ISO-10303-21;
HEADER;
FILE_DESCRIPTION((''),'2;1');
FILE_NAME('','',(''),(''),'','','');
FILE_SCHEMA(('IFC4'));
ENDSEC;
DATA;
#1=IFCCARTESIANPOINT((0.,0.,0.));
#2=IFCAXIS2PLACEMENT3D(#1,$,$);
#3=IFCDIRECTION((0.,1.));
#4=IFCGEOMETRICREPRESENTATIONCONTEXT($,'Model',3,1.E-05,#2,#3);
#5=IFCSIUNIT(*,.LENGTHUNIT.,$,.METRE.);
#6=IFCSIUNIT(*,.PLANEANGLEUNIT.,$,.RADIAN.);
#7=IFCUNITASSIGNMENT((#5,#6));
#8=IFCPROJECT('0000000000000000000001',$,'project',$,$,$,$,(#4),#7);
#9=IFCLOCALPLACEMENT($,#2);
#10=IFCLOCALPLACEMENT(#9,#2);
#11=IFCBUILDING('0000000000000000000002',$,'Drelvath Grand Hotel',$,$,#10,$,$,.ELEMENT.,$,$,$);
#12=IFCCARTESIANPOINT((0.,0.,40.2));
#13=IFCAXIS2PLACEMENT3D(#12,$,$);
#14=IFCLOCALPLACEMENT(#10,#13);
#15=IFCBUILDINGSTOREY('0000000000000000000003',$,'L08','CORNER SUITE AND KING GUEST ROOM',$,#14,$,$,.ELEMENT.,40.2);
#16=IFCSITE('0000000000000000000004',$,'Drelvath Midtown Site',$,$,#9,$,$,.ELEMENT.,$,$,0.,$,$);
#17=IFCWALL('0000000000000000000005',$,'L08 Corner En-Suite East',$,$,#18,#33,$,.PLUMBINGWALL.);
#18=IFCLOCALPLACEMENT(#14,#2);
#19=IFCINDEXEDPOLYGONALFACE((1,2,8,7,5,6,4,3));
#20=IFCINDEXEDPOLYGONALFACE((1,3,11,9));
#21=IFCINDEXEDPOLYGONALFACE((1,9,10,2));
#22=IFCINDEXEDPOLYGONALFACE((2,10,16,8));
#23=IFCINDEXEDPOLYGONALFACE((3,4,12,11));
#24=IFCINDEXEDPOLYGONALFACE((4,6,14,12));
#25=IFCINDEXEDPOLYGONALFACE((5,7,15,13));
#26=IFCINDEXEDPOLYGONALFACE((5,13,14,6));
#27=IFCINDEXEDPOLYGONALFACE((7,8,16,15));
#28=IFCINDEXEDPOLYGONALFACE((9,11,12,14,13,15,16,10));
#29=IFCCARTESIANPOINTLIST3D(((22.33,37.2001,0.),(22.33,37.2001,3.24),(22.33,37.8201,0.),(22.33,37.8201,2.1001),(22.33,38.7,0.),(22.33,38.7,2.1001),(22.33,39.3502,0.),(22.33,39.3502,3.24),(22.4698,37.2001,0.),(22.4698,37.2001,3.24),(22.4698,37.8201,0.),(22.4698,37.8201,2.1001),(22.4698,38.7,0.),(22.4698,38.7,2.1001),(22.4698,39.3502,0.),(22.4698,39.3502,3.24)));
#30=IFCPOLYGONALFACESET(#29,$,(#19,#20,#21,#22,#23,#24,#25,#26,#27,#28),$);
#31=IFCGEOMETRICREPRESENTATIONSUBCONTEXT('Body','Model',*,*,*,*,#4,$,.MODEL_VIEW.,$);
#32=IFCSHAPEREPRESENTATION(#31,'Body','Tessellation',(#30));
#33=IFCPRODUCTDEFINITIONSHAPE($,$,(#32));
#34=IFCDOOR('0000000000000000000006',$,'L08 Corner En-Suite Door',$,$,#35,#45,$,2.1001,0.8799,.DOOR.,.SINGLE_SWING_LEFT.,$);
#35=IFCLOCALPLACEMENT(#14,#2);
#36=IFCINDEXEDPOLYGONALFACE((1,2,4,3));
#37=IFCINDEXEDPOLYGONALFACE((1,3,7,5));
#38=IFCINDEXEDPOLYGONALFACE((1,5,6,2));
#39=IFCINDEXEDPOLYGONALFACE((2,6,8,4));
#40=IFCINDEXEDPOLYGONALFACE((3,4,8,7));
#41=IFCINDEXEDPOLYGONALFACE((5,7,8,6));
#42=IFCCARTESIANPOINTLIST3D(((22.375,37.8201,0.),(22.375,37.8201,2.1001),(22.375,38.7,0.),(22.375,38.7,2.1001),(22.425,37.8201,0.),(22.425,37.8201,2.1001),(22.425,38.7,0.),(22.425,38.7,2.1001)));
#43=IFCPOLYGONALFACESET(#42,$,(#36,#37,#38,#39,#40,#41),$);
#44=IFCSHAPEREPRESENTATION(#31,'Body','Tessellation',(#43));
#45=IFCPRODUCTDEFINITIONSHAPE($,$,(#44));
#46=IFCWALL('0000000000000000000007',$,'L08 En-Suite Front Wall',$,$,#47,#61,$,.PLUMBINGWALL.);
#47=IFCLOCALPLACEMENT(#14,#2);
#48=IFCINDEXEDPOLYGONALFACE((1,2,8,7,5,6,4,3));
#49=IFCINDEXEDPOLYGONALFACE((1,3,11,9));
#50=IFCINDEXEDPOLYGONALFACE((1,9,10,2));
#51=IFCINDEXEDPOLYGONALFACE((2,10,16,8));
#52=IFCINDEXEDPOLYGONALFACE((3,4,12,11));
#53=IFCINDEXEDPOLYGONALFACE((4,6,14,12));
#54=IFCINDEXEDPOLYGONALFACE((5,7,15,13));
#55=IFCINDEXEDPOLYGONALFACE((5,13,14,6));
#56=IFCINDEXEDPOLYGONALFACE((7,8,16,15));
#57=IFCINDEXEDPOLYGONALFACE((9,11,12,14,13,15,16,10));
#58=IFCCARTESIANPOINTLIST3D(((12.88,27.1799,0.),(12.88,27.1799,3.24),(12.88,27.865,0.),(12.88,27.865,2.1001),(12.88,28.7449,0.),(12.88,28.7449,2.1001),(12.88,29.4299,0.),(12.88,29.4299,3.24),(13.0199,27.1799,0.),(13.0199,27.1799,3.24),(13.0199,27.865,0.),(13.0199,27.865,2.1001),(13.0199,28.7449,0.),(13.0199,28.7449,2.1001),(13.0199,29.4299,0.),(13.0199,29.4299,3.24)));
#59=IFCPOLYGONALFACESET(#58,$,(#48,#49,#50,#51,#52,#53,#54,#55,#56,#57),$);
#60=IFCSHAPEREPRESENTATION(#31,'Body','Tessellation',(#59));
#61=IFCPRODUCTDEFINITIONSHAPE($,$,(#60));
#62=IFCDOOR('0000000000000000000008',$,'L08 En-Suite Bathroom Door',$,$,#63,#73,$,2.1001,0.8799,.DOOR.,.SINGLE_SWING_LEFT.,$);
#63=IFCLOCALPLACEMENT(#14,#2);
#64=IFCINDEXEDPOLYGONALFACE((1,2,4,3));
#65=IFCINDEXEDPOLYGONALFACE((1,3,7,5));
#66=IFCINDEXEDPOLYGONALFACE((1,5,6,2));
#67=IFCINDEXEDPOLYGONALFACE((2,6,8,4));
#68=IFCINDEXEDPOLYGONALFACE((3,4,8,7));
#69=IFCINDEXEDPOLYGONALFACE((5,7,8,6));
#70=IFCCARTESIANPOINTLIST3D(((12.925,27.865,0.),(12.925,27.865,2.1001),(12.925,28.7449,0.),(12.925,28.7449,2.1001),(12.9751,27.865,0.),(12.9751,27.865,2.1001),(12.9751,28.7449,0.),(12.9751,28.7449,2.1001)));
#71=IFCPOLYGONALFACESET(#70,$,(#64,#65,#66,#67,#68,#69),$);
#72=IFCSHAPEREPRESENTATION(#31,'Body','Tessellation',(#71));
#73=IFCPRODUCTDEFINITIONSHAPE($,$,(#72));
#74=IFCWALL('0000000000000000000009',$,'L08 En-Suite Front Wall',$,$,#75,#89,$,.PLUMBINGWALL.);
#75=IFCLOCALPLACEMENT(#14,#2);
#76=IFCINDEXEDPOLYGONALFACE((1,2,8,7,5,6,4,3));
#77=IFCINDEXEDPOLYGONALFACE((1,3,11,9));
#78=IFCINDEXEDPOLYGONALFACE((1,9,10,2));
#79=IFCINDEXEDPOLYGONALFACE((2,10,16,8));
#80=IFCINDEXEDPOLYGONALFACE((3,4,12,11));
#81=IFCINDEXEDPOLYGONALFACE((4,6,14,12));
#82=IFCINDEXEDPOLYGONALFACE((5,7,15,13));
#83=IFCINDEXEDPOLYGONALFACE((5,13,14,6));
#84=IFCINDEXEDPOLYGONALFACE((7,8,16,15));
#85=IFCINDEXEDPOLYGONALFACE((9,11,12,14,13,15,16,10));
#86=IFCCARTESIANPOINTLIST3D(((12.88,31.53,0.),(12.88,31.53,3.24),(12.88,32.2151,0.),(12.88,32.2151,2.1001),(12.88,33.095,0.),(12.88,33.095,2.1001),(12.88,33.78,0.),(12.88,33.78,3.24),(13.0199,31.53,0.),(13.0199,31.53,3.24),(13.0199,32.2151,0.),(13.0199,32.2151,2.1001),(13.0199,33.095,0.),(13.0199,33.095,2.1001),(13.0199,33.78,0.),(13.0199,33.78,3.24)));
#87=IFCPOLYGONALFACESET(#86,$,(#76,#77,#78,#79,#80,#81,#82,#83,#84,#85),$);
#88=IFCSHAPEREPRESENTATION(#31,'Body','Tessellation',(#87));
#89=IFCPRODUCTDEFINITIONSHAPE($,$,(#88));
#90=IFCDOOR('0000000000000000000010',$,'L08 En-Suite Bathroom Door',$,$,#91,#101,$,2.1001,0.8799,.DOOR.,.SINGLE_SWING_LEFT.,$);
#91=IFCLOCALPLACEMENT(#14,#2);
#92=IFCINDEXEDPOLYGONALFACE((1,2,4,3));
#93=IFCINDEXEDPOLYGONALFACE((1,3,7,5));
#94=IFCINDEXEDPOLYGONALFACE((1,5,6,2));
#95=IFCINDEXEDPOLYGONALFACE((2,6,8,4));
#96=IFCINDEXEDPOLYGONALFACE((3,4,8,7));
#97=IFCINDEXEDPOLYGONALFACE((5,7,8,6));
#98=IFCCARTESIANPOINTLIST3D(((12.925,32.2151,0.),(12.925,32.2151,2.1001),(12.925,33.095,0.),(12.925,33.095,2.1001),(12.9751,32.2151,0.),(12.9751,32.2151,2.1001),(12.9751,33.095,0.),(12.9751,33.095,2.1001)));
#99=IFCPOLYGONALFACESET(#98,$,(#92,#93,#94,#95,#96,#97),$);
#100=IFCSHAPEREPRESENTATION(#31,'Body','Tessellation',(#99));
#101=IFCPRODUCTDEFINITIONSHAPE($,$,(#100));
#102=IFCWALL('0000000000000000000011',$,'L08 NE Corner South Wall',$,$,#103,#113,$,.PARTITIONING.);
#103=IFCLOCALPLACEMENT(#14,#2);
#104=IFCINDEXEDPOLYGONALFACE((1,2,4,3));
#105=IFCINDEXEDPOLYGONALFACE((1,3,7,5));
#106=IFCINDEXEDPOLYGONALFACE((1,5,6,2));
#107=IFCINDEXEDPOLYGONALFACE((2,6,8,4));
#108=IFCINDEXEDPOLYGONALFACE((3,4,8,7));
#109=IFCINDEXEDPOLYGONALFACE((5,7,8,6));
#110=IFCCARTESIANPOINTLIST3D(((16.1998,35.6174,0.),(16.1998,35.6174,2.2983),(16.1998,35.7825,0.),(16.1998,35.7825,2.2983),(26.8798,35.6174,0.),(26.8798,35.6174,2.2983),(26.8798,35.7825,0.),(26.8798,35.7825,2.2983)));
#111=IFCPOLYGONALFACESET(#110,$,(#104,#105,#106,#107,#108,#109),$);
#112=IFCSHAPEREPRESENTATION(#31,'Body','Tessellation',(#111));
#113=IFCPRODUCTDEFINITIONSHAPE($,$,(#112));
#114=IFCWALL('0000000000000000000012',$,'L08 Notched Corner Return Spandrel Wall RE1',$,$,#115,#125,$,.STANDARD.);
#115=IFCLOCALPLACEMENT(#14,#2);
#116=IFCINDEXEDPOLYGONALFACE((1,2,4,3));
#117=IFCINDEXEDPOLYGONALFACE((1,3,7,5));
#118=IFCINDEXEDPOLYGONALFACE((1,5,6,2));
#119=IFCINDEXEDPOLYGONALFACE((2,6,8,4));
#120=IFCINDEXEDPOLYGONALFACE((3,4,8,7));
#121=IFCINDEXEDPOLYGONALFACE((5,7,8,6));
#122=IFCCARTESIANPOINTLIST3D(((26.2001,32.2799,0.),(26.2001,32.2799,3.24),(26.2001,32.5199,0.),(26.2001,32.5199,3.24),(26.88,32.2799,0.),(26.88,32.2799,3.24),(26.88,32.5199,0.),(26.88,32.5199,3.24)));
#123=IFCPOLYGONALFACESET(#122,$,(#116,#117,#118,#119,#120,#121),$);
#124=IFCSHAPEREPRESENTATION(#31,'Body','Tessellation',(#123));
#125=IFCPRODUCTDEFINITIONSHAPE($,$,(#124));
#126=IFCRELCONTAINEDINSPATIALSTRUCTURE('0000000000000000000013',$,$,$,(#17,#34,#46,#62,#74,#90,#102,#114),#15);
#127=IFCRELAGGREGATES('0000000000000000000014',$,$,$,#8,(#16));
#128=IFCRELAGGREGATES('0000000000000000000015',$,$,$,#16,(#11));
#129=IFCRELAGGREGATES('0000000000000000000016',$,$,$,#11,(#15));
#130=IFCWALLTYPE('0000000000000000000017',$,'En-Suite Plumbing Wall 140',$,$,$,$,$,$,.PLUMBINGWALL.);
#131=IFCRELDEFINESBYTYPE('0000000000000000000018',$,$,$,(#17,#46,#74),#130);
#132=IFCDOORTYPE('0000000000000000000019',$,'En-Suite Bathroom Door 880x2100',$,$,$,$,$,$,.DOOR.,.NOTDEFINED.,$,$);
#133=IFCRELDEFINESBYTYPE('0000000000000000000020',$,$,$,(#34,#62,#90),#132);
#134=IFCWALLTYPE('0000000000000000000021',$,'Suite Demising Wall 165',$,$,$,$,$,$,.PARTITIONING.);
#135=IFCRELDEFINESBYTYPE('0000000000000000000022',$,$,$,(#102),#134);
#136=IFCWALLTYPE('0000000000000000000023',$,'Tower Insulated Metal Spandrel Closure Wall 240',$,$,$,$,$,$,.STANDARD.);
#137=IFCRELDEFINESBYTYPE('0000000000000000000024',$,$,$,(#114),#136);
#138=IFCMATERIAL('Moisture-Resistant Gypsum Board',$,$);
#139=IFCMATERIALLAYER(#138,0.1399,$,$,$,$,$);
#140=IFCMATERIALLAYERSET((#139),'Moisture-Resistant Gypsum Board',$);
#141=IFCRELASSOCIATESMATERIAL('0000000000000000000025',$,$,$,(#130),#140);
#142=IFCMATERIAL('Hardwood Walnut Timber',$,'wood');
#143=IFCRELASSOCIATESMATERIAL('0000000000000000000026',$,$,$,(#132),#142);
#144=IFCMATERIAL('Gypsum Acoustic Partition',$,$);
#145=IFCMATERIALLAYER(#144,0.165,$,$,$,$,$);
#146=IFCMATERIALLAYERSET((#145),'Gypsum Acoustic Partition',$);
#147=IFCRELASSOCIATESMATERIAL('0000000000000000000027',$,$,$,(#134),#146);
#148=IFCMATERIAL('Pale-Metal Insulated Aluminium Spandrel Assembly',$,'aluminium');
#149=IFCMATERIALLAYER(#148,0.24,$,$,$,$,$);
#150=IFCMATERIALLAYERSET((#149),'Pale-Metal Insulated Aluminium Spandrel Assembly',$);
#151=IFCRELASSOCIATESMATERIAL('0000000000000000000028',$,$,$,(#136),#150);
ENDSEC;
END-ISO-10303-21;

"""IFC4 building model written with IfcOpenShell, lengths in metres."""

from ifc_helpers import new_model, si_unit, direction, frame, frame_2d, origin, place, context, subcontext, project, spatial, rectangle, extrude, material, layer, layer_set, type_object, element, fill, save


model = new_model("IFC4")

# Units and contexts
model_context = context("Model", 3, precision=1e-05, world=origin(), true_north=direction((0.0, 1.0)))
body_context = subcontext(model_context, "Body", "Model", "MODEL_VIEW")
ifc_project = project(units=[si_unit("LENGTHUNIT", "METRE"), si_unit("PLANEANGLEUNIT", "RADIAN")], contexts=[model_context])

# Site, building, storey
site_placement = place(None, origin())
site = spatial("IfcSite", under=ifc_project, at=site_placement, Name="Drelvath Midtown Site", CompositionType="ELEMENT", RefElevation=0.0)
building_placement = place(site_placement, origin())
building = spatial("IfcBuilding", under=site, at=building_placement, Name="Drelvath Grand Hotel", CompositionType="ELEMENT")
storey_placement = place(building_placement, frame((0.0, 0.0, 40.2)))
storey = spatial("IfcBuildingStorey", under=building, at=storey_placement, Name="L08", Description="CORNER SUITE AND KING GUEST ROOM", CompositionType="ELEMENT", Elevation=40.2)

# Shared definitions
ifc_material_1 = material(Name="Hardwood Walnut Timber", Category="wood")

# Shared definitions
ifc_material_2 = material(Name="Moisture-Resistant Gypsum Board")
ifc_layer_1 = layer(ifc_material_2, 0.1399)
ifc_layer_set_1 = layer_set([ifc_layer_1], Name="Moisture-Resistant Gypsum Board")
wall_type_1 = type_object("IfcWallType", Name="En-Suite Plumbing Wall 140", PredefinedType="PLUMBINGWALL", material=ifc_layer_set_1)

# Walls, openings, doors
wall_1_placement = place(storey_placement, frame((22.3999, 37.2, 0.0), z_axis=(0.0, 0.0, 1.0), x_axis=(0.0, 1.0, 0.0)))
wall_1 = element("IfcWall", 1, at=wall_1_placement, inside=storey, type_object=wall_type_1, Name="L08 Corner En-Suite East", PredefinedType="PLUMBINGWALL", context=body_context, shape_type="SweptSolid", body=[
    extrude(rectangle(XDim=2.1501, YDim=0.1399, at=frame_2d((1.0752, 0.0))), origin(), (0.0, 0.0, 1.0), 3.24),
])
opening_1_placement = place(wall_1_placement, frame((0.6201, 0.0, 0.0)))
opening_1 = element("IfcOpeningElement", 2, at=opening_1_placement, cuts=wall_1, PredefinedType="OPENING", context=body_context, shape_type="SweptSolid", body=[
    extrude(rectangle(XDim=0.8799, YDim=2.1001, at=frame_2d((0.4399, 1.05))), frame((0.0, 0.0798, 0.0), z_axis=(0.0, -1.0, 0.0), x_axis=(1.0, 0.0, 0.0)), (0.0, 0.0, 1.0), 0.1599),
])
door_type_1 = type_object("IfcDoorType", Name="En-Suite Bathroom Door 880x2100", OperationType="NOTDEFINED", PredefinedType="DOOR", material=ifc_material_1)
door_1_placement = place(opening_1_placement, origin())
door_1 = element("IfcDoor", 3, at=door_1_placement, inside=storey, type_object=door_type_1, Name="L08 Corner En-Suite Door", OperationType="SINGLE_SWING_LEFT", OverallHeight=2.1001, OverallWidth=0.8799, PredefinedType="DOOR", context=body_context, shape_type="SweptSolid", body=[
    extrude(rectangle(XDim=0.8799, YDim=2.1001, at=frame_2d((0.4399, 1.05))), frame((0.0, 0.0249, 0.0), z_axis=(0.0, -1.0, 0.0), x_axis=(1.0, 0.0, 0.0)), (0.0, 0.0, 1.0), 0.05),
])
fill(opening_1, door_1)
wall_2_placement = place(storey_placement, frame((12.95, 27.1799, 0.0), z_axis=(0.0, 0.0, 1.0), x_axis=(0.0, 1.0, 0.0)))
wall_2 = element("IfcWall", 4, at=wall_2_placement, inside=storey, type_object=wall_type_1, Name="L08 En-Suite Front Wall", PredefinedType="PLUMBINGWALL", context=body_context, shape_type="SweptSolid", body=[
    extrude(rectangle(XDim=2.25, YDim=0.1399, at=frame_2d((1.125, 0.0))), origin(), (0.0, 0.0, 1.0), 3.24),
])
opening_2_placement = place(wall_2_placement, frame((0.6851, 0.0, 0.0)))
opening_2 = element("IfcOpeningElement", 5, at=opening_2_placement, cuts=wall_2, PredefinedType="OPENING", context=body_context, shape_type="SweptSolid", body=[
    extrude(rectangle(XDim=0.8799, YDim=2.1001, at=frame_2d((0.4399, 1.05))), frame((0.0, 0.0798, 0.0), z_axis=(0.0, -1.0, 0.0), x_axis=(1.0, 0.0, 0.0)), (0.0, 0.0, 1.0), 0.1599),
])
door_2_placement = place(opening_2_placement, origin())
door_2 = element("IfcDoor", 6, at=door_2_placement, inside=storey, type_object=door_type_1, Name="L08 En-Suite Bathroom Door", OperationType="SINGLE_SWING_LEFT", OverallHeight=2.1001, OverallWidth=0.8799, PredefinedType="DOOR", context=body_context, shape_type="SweptSolid", body=[
    extrude(rectangle(XDim=0.8799, YDim=2.1001, at=frame_2d((0.4399, 1.05))), frame((0.0, 0.0249, 0.0), z_axis=(0.0, -1.0, 0.0), x_axis=(1.0, 0.0, 0.0)), (0.0, 0.0, 1.0), 0.05),
])
fill(opening_2, door_2)
wall_3_placement = place(storey_placement, frame((12.95, 31.53, 0.0), z_axis=(0.0, 0.0, 1.0), x_axis=(0.0, 1.0, 0.0)))
wall_3 = element("IfcWall", 7, at=wall_3_placement, inside=storey, type_object=wall_type_1, Name="L08 En-Suite Front Wall", PredefinedType="PLUMBINGWALL", context=body_context, shape_type="SweptSolid", body=[
    extrude(rectangle(XDim=2.25, YDim=0.1399, at=frame_2d((1.125, 0.0))), origin(), (0.0, 0.0, 1.0), 3.24),
])
opening_3_placement = place(wall_3_placement, frame((0.6851, 0.0, 0.0)))
opening_3 = element("IfcOpeningElement", 8, at=opening_3_placement, cuts=wall_3, PredefinedType="OPENING", context=body_context, shape_type="SweptSolid", body=[
    extrude(rectangle(XDim=0.8799, YDim=2.1001, at=frame_2d((0.4399, 1.05))), frame((0.0, 0.0798, 0.0), z_axis=(0.0, -1.0, 0.0), x_axis=(1.0, 0.0, 0.0)), (0.0, 0.0, 1.0), 0.1599),
])
door_3_placement = place(opening_3_placement, origin())
door_3 = element("IfcDoor", 9, at=door_3_placement, inside=storey, type_object=door_type_1, Name="L08 En-Suite Bathroom Door", OperationType="SINGLE_SWING_LEFT", OverallHeight=2.1001, OverallWidth=0.8799, PredefinedType="DOOR", context=body_context, shape_type="SweptSolid", body=[
    extrude(rectangle(XDim=0.8799, YDim=2.1001, at=frame_2d((0.4399, 1.05))), frame((0.0, 0.0249, 0.0), z_axis=(0.0, -1.0, 0.0), x_axis=(1.0, 0.0, 0.0)), (0.0, 0.0, 1.0), 0.05),
])
fill(opening_3, door_3)

# Walls
ifc_material_3 = material(Name="Gypsum Acoustic Partition")
ifc_layer_2 = layer(ifc_material_3, 0.165)
ifc_layer_set_2 = layer_set([ifc_layer_2], Name="Gypsum Acoustic Partition")
wall_type_2 = type_object("IfcWallType", Name="Suite Demising Wall 165", PredefinedType="PARTITIONING", material=ifc_layer_set_2)
wall_4_placement = place(storey_placement, frame((16.2, 35.7, 0.0), z_axis=(0.0, 0.0, 1.0), x_axis=(1.0, 0.0, 0.0)))
element("IfcWall", 10, at=wall_4_placement, inside=storey, type_object=wall_type_2, Name="L08 NE Corner South Wall", PredefinedType="PARTITIONING", context=body_context, shape_type="SweptSolid", body=[
    extrude(rectangle(XDim=10.6799, YDim=0.165, at=frame_2d((5.3398, 0.0))), origin(), (0.0, 0.0, 1.0), 2.2983),
])
ifc_material_4 = material(Name="Pale-Metal Insulated Aluminium Spandrel Assembly", Category="aluminium")
ifc_layer_3 = layer(ifc_material_4, 0.24)
ifc_layer_set_3 = layer_set([ifc_layer_3], Name="Pale-Metal Insulated Aluminium Spandrel Assembly")
wall_type_3 = type_object("IfcWallType", Name="Tower Insulated Metal Spandrel Closure Wall 240", PredefinedType="STANDARD", material=ifc_layer_set_3)
wall_5_placement = place(storey_placement, frame((26.8799, 32.3999, 0.0), z_axis=(0.0, 0.0, 1.0), x_axis=(-1.0, 0.0, 0.0)))
element("IfcWall", 11, at=wall_5_placement, inside=storey, type_object=wall_type_3, Name="L08 Notched Corner Return Spandrel Wall RE1", PredefinedType="STANDARD", context=body_context, shape_type="SweptSolid", body=[
    extrude(rectangle(XDim=0.6799, YDim=0.24, at=frame_2d((0.3398, 0.0))), origin(), (0.0, 0.0, 1.0), 3.24),
])

save(model, "model.ifc")
